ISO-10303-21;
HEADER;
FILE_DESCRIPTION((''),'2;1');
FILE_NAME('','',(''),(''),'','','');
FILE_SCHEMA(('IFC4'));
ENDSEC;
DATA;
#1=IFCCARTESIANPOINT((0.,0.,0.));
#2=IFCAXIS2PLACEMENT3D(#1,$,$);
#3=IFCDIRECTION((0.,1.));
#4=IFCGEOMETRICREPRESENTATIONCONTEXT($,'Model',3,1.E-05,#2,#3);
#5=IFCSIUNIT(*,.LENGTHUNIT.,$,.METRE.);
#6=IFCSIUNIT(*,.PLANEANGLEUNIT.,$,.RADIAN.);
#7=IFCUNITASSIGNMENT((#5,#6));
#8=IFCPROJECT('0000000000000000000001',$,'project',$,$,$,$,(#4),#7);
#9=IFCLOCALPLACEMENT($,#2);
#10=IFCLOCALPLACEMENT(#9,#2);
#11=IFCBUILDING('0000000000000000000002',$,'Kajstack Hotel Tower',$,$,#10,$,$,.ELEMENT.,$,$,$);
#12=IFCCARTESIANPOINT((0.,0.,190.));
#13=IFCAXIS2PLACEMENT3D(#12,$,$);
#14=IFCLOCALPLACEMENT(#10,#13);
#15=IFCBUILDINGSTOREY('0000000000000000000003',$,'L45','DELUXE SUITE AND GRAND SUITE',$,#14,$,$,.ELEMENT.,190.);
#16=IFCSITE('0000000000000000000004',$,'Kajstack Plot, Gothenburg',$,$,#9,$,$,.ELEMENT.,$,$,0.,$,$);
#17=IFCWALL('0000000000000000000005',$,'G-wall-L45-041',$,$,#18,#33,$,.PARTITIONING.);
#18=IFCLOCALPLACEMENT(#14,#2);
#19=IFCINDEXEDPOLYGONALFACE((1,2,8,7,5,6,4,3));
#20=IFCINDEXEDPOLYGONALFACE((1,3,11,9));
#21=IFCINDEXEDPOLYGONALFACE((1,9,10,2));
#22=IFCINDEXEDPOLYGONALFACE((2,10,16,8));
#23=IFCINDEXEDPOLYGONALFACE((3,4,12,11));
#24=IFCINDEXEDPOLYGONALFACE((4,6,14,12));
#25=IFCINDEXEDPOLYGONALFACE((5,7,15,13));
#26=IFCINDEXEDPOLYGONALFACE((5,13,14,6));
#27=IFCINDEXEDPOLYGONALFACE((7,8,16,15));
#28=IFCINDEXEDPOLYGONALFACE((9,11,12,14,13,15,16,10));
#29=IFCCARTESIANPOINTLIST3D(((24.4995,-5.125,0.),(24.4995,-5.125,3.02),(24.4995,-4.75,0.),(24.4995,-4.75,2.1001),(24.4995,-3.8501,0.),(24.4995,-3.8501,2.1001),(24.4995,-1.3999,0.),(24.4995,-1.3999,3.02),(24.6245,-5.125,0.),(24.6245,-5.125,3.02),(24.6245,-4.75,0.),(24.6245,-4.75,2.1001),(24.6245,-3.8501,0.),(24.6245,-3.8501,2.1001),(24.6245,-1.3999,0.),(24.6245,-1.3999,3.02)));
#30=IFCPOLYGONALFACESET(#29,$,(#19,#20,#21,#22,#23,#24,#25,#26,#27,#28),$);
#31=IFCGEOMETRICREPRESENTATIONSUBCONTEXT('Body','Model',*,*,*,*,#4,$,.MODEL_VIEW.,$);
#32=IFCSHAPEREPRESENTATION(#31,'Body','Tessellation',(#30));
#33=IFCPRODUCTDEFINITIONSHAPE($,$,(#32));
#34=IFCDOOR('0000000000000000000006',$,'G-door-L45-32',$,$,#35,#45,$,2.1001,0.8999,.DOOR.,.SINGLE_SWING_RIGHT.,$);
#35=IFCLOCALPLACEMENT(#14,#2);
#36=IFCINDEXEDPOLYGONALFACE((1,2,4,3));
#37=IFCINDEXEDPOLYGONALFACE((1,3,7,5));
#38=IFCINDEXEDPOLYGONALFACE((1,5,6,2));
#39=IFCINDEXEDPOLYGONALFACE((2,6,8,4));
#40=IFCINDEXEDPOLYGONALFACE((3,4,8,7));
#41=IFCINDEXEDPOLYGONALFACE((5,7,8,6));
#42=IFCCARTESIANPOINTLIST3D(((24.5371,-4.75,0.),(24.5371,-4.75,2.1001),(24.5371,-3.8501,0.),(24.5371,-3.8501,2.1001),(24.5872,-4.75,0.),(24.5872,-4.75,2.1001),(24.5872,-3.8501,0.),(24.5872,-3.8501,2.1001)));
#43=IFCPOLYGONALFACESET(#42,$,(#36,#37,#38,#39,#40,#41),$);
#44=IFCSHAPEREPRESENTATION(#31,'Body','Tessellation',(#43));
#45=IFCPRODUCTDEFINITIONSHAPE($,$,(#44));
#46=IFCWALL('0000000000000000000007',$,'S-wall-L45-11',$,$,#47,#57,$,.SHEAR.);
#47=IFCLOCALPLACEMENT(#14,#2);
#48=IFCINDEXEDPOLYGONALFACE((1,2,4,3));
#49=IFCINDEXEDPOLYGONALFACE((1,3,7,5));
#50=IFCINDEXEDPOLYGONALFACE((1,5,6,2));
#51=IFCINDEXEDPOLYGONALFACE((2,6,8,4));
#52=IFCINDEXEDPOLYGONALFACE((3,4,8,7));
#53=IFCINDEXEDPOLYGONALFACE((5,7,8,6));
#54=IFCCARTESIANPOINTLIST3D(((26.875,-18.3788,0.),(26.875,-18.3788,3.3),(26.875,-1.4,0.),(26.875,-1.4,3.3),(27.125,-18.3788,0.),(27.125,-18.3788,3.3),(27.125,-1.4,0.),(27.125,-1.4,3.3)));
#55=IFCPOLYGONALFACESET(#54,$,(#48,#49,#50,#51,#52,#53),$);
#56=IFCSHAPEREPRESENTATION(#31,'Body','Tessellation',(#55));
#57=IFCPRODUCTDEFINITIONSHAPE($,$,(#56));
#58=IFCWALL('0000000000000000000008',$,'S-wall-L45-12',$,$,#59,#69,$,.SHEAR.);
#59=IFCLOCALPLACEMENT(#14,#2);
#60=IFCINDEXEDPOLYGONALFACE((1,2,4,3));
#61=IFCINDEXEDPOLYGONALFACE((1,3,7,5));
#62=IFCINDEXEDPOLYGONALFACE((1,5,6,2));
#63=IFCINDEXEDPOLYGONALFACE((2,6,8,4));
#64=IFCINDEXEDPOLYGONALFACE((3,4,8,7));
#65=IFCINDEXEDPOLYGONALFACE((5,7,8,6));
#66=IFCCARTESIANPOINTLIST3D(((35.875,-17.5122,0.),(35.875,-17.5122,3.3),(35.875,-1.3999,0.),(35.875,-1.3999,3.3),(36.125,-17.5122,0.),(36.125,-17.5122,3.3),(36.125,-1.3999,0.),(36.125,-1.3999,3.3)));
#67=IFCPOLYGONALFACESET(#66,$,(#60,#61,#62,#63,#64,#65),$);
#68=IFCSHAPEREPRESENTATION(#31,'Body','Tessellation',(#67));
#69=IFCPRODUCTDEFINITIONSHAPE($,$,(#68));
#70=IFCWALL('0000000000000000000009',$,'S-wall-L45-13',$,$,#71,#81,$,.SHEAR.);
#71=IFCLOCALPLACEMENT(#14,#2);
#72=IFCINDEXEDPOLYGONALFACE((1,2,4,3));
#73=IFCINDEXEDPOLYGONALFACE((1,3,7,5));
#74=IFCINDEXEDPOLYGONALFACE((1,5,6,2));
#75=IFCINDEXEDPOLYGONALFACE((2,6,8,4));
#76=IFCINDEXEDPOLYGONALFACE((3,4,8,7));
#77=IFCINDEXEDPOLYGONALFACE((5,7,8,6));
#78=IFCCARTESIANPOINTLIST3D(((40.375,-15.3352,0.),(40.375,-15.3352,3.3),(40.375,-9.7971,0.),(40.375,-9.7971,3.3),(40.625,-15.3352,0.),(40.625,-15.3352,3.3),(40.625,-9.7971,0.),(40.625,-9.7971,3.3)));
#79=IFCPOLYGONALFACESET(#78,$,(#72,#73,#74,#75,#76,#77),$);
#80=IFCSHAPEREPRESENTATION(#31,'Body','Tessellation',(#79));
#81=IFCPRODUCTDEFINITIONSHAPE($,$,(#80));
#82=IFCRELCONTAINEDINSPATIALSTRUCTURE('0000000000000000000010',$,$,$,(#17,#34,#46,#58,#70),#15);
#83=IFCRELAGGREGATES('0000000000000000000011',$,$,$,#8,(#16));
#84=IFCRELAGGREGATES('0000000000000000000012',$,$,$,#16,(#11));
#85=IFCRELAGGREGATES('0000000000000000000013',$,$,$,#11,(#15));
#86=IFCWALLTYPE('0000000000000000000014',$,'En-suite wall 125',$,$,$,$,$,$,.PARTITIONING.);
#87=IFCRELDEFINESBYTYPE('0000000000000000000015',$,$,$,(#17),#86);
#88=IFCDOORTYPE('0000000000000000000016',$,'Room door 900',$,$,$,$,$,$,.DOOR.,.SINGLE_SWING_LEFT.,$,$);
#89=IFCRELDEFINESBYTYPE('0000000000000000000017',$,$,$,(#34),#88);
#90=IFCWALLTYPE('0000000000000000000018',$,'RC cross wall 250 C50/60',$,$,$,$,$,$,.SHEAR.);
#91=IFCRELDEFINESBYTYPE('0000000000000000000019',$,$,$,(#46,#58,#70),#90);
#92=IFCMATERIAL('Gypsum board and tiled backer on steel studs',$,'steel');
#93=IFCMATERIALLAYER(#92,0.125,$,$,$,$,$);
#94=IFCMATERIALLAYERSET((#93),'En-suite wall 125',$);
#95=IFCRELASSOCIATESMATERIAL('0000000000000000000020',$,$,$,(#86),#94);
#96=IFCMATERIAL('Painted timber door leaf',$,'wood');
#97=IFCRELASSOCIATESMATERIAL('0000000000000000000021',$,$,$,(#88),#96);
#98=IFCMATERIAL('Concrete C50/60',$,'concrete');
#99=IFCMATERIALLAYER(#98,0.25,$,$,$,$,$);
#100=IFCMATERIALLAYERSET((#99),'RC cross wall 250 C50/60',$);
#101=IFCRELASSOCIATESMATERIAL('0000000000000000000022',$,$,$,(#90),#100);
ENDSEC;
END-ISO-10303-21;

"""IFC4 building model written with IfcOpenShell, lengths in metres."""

from ifc_helpers import new_model, si_unit, direction, frame, frame_2d, origin, place, context, subcontext, project, spatial, rectangle, extrude, material, layer, layer_set, type_object, element, fill, save


model = new_model("IFC4")

# Units and contexts
model_context = context("Model", 3, precision=1e-05, world=origin(), true_north=direction((0.0, 1.0)))
body_context = subcontext(model_context, "Body", "Model", "MODEL_VIEW")
ifc_project = project(units=[si_unit("LENGTHUNIT", "METRE"), si_unit("PLANEANGLEUNIT", "RADIAN")], contexts=[model_context])

# Site, building, storey
site_placement = place(None, origin())
site = spatial("IfcSite", under=ifc_project, at=site_placement, Name="Kajstack Plot, Gothenburg", CompositionType="ELEMENT", RefElevation=0.0)
building_placement = place(site_placement, origin())
building = spatial("IfcBuilding", under=site, at=building_placement, Name="Kajstack Hotel Tower", CompositionType="ELEMENT")
storey_placement = place(building_placement, frame((0.0, 0.0, 190.0)))
storey = spatial("IfcBuildingStorey", under=building, at=storey_placement, Name="L45", Description="DELUXE SUITE AND GRAND SUITE", CompositionType="ELEMENT", Elevation=190.0)

# Wall, opening, door
ifc_material_1 = material(Name="Gypsum board and tiled backer on steel studs", Category="steel")
ifc_layer_1 = layer(ifc_material_1, 0.125)
ifc_layer_set_1 = layer_set([ifc_layer_1], Name="En-suite wall 125")
wall_type_1 = type_object("IfcWallType", Name="En-suite wall 125", PredefinedType="PARTITIONING", material=ifc_layer_set_1)
wall_1_placement = place(storey_placement, frame((24.562, -5.125, 0.0), z_axis=(0.0, 0.0, 1.0), x_axis=(0.0, 1.0, 0.0)))
wall_1 = element("IfcWall", 1, at=wall_1_placement, inside=storey, type_object=wall_type_1, Name="G-wall-L45-041", PredefinedType="PARTITIONING", context=body_context, shape_type="SweptSolid", body=[
    extrude(rectangle(XDim=3.7251, YDim=0.125, at=frame_2d((1.8625, 0.0))), origin(), (0.0, 0.0, 1.0), 3.02),
])
opening_1_placement = place(wall_1_placement, frame((0.375, 0.0, 0.0)))
opening_1 = element("IfcOpeningElement", 2, at=opening_1_placement, cuts=wall_1, PredefinedType="OPENING", context=body_context, shape_type="SweptSolid", body=[
    extrude(rectangle(XDim=0.8999, YDim=2.1001, at=frame_2d((0.45, 1.05))), frame((0.0, 0.0725, 0.0), z_axis=(0.0, -1.0, 0.0), x_axis=(1.0, 0.0, 0.0)), (0.0, 0.0, 1.0), 0.145),
])
ifc_material_2 = material(Name="Painted timber door leaf", Category="wood")
door_type = type_object("IfcDoorType", Name="Room door 900", OperationType="SINGLE_SWING_LEFT", PredefinedType="DOOR", material=ifc_material_2)
door_placement = place(opening_1_placement, origin())
door = element("IfcDoor", 3, at=door_placement, inside=storey, type_object=door_type, Name="G-door-L45-32", OperationType="SINGLE_SWING_RIGHT", OverallHeight=2.1001, OverallWidth=0.8999, PredefinedType="DOOR", context=body_context, shape_type="SweptSolid", body=[
    extrude(rectangle(XDim=0.8999, YDim=2.1001, at=frame_2d((0.45, 1.05))), frame((0.0, 0.0249, 0.0), z_axis=(0.0, -1.0, 0.0), x_axis=(1.0, 0.0, 0.0)), (0.0, 0.0, 1.0), 0.05),
])
fill(opening_1, door)

# Walls
ifc_material_3 = material(Name="Concrete C50/60", Category="concrete")
ifc_layer_2 = layer(ifc_material_3, 0.25)
ifc_layer_set_2 = layer_set([ifc_layer_2], Name="RC cross wall 250 C50/60")
wall_type_2 = type_object("IfcWallType", Name="RC cross wall 250 C50/60", PredefinedType="SHEAR", material=ifc_layer_set_2)
wall_2_placement = place(storey_placement, frame((27.0, -18.3787, 0.0), z_axis=(0.0, 0.0, 1.0), x_axis=(0.0, 1.0, 0.0)))
element("IfcWall", 4, at=wall_2_placement, inside=storey, type_object=wall_type_2, Name="S-wall-L45-11", PredefinedType="SHEAR", context=body_context, shape_type="SweptSolid", body=[
    extrude(rectangle(XDim=16.9788, YDim=0.25, at=frame_2d((8.4893, 0.0))), origin(), (0.0, 0.0, 1.0), 3.3),
])
wall_3_placement = place(storey_placement, frame((36.0, -17.5122, 0.0), z_axis=(0.0, 0.0, 1.0), x_axis=(0.0, 1.0, 0.0)))
element("IfcWall", 5, at=wall_3_placement, inside=storey, type_object=wall_type_2, Name="S-wall-L45-12", PredefinedType="SHEAR", context=body_context, shape_type="SweptSolid", body=[
    extrude(rectangle(XDim=16.1123, YDim=0.25, at=frame_2d((8.0562, 0.0))), origin(), (0.0, 0.0, 1.0), 3.3),
])
wall_4_placement = place(storey_placement, frame((40.5, -15.3352, 0.0), z_axis=(0.0, 0.0, 1.0), x_axis=(0.0, 1.0, 0.0)))
element("IfcWall", 6, at=wall_4_placement, inside=storey, type_object=wall_type_2, Name="S-wall-L45-13", PredefinedType="SHEAR", context=body_context, shape_type="SweptSolid", body=[
    extrude(rectangle(XDim=5.5381, YDim=0.25, at=frame_2d((2.769, 0.0))), origin(), (0.0, 0.0, 1.0), 3.3),
])

save(model, "model.ifc")
